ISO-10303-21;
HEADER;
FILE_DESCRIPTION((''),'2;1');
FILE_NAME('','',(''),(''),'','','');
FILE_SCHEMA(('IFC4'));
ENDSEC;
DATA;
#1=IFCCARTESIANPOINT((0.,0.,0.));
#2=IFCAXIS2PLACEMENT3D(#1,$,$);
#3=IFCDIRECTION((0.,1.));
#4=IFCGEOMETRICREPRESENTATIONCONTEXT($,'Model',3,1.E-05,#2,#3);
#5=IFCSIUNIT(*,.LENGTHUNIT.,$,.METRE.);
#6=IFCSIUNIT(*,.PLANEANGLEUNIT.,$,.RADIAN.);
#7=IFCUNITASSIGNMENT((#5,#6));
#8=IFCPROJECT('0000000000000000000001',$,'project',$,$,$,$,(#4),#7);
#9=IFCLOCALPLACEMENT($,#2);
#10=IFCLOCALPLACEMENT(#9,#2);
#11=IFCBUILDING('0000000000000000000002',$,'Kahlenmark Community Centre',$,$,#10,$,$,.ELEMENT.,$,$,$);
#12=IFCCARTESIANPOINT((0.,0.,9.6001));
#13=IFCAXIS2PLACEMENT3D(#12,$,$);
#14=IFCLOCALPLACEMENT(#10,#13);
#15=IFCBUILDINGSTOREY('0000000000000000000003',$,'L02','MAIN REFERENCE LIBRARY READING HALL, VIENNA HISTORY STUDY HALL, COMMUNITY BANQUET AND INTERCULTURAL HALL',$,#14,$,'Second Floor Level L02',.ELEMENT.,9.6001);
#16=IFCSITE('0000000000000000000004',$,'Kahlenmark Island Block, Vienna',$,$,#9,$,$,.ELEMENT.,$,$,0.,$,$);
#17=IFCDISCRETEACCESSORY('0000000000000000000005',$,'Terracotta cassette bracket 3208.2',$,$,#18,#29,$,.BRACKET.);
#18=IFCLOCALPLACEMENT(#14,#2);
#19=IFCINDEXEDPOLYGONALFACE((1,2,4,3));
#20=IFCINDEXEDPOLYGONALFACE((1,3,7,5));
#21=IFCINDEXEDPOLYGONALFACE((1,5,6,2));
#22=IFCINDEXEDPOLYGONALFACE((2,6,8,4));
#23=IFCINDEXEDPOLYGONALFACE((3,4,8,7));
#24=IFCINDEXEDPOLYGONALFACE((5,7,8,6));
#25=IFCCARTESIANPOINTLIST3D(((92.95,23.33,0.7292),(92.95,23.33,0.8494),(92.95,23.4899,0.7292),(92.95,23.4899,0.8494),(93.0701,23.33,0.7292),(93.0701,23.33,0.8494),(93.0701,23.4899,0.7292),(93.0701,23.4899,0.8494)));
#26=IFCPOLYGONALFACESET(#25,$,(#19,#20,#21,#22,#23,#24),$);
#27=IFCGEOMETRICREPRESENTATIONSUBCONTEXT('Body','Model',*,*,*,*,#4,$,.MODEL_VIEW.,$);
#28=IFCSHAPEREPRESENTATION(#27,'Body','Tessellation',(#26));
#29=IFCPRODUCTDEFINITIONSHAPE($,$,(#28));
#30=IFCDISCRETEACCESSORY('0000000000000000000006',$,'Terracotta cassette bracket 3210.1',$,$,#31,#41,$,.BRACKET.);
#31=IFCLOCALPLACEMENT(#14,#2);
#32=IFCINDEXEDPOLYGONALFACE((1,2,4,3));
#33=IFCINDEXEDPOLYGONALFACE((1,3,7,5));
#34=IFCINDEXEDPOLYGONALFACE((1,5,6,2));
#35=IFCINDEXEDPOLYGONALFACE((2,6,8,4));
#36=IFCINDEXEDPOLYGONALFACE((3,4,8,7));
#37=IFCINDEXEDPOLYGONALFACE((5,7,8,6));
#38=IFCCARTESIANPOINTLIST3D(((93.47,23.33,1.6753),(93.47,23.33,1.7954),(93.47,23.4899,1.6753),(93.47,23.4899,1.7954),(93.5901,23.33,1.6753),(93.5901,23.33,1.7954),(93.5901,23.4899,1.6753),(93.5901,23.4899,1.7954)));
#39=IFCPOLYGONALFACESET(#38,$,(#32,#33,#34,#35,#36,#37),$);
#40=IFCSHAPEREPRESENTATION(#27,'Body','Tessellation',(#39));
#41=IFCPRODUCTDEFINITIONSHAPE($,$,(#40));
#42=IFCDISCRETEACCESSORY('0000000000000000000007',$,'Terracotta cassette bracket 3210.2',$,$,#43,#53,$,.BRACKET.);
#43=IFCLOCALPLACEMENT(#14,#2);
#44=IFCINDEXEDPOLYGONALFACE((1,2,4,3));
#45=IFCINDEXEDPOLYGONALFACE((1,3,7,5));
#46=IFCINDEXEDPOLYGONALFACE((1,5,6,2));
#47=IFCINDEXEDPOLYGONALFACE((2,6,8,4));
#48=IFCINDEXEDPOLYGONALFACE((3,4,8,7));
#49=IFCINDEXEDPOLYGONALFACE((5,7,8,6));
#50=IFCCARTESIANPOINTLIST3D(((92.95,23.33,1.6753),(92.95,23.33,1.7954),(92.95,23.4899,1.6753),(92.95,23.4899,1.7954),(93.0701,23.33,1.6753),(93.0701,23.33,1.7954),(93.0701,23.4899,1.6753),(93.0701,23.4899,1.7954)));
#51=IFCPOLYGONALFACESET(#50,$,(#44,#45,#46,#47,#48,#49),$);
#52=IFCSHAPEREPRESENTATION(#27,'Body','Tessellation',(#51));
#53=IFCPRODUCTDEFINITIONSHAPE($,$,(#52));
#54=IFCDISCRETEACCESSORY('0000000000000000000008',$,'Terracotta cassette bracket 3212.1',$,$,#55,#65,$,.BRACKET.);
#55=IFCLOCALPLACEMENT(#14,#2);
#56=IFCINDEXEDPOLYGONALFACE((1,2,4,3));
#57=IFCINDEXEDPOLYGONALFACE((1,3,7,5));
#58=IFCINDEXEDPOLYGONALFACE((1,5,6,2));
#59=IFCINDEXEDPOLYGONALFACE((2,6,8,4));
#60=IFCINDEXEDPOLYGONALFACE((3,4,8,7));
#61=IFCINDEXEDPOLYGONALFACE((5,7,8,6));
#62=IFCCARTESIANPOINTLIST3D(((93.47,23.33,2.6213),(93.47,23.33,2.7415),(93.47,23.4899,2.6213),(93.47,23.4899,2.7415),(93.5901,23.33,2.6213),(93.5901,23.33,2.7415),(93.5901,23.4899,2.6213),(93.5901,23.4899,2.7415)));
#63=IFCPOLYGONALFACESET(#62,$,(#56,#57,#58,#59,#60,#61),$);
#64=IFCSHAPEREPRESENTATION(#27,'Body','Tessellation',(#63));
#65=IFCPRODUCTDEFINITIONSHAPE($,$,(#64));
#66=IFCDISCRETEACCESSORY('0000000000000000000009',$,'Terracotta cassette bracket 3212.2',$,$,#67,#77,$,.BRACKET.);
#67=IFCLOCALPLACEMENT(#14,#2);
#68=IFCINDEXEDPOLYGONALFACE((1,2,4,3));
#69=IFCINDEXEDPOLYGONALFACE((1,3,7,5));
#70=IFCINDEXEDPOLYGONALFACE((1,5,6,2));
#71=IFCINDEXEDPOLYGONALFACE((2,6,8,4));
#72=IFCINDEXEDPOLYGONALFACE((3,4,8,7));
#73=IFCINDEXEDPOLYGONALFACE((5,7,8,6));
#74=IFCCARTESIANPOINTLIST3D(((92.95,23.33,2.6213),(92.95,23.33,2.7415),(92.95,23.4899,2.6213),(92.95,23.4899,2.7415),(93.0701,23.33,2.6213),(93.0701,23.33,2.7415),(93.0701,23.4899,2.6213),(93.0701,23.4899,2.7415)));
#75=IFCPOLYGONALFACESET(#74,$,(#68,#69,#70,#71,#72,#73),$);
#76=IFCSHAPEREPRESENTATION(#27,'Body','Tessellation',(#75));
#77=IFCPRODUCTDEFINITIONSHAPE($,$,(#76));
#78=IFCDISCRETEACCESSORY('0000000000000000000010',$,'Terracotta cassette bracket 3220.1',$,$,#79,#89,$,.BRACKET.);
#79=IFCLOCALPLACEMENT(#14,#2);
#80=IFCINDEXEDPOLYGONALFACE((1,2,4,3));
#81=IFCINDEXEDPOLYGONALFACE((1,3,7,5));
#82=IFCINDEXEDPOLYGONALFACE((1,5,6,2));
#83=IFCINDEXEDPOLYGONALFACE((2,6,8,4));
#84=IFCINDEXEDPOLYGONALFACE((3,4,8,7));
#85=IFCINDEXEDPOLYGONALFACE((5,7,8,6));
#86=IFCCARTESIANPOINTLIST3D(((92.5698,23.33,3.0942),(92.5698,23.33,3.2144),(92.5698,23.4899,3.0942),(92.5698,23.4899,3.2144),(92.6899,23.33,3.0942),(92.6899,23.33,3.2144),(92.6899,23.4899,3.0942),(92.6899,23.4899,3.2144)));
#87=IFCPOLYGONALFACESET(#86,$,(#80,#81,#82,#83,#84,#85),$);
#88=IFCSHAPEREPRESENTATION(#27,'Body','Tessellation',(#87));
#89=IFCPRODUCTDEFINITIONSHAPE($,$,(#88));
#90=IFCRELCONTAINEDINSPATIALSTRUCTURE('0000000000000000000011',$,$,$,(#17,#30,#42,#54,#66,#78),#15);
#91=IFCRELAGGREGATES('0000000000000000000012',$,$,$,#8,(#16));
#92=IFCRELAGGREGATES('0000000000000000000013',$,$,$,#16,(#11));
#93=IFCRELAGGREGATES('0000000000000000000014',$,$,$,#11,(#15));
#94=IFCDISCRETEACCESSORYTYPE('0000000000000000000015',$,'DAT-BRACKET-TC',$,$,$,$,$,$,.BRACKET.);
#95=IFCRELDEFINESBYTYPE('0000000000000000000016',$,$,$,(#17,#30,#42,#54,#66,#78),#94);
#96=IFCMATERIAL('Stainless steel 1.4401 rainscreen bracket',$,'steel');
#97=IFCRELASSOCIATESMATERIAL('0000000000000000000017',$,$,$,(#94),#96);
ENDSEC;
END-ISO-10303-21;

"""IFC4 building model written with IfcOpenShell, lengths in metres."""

from ifc_helpers import new_model, si_unit, direction, frame, origin, origin_2d, place, context, subcontext, project, spatial, rectangle, extrude, material, type_object, element, save


model = new_model("IFC4")

# Units and contexts
model_context = context("Model", 3, precision=1e-05, world=origin(), true_north=direction((0.0, 1.0)))
body_context = subcontext(model_context, "Body", "Model", "MODEL_VIEW")
ifc_project = project(units=[si_unit("LENGTHUNIT", "METRE"), si_unit("PLANEANGLEUNIT", "RADIAN")], contexts=[model_context])

# Site, building, storey
site_placement = place(None, origin())
site = spatial("IfcSite", under=ifc_project, at=site_placement, Name="Kahlenmark Island Block, Vienna", CompositionType="ELEMENT", RefElevation=0.0)
building_placement = place(site_placement, origin())
building = spatial("IfcBuilding", under=site, at=building_placement, Name="Kahlenmark Community Centre", CompositionType="ELEMENT")
storey_placement = place(building_placement, frame((0.0, 0.0, 9.6001)))
storey = spatial("IfcBuildingStorey", under=building, at=storey_placement, Name="L02", Description="MAIN REFERENCE LIBRARY READING HALL, VIENNA HISTORY STUDY HALL, COMMUNITY BANQUET AND INTERCULTURAL HALL", LongName="Second Floor Level L02", CompositionType="ELEMENT", Elevation=9.6001)

# Discrete accessories
ifc_material_1 = material(Name="Stainless steel 1.4401 rainscreen bracket", Category="steel")
discrete_accessory_type = type_object("IfcDiscreteAccessoryType", Name="DAT-BRACKET-TC", PredefinedType="BRACKET", material=ifc_material_1)
for number, where, z_axis, x_axis, name in (
    (1, (93.01, 23.4099, 0.7292), (0.0, 0.0, 1.0), (-1.0, 0.0, 0.0), "Terracotta cassette bracket 3208.2"),
    (2, (93.53, 23.4099, 1.6753), (0.0, 0.0, 1.0), (-1.0, 0.0, 0.0), "Terracotta cassette bracket 3210.1"),
    (3, (93.01, 23.4099, 1.6753), (0.0, 0.0, 1.0), (-1.0, 0.0, 0.0), "Terracotta cassette bracket 3210.2"),
    (4, (93.53, 23.4099, 2.6213), (0.0, 0.0, 1.0), (-1.0, 0.0, 0.0), "Terracotta cassette bracket 3212.1"),
    (5, (93.01, 23.4099, 2.6213), (0.0, 0.0, 1.0), (-1.0, 0.0, 0.0), "Terracotta cassette bracket 3212.2"),
    (6, (92.6299, 23.4099, 3.0942), (0.0, 0.0, 1.0), (-1.0, 0.0, 0.0), "Terracotta cassette bracket 3220.1"),
):
    element("IfcDiscreteAccessory", number, at=place(storey_placement, frame(where, z_axis=z_axis, x_axis=x_axis)), inside=storey, type_object=discrete_accessory_type, Name=name, PredefinedType="BRACKET", context=body_context, shape_type="SweptSolid", body=[
        extrude(rectangle(XDim=0.1201, YDim=0.1599, at=origin_2d()), origin(), (0.0, 0.0, 1.0), 0.1201),
    ])

save(model, "model.ifc")
